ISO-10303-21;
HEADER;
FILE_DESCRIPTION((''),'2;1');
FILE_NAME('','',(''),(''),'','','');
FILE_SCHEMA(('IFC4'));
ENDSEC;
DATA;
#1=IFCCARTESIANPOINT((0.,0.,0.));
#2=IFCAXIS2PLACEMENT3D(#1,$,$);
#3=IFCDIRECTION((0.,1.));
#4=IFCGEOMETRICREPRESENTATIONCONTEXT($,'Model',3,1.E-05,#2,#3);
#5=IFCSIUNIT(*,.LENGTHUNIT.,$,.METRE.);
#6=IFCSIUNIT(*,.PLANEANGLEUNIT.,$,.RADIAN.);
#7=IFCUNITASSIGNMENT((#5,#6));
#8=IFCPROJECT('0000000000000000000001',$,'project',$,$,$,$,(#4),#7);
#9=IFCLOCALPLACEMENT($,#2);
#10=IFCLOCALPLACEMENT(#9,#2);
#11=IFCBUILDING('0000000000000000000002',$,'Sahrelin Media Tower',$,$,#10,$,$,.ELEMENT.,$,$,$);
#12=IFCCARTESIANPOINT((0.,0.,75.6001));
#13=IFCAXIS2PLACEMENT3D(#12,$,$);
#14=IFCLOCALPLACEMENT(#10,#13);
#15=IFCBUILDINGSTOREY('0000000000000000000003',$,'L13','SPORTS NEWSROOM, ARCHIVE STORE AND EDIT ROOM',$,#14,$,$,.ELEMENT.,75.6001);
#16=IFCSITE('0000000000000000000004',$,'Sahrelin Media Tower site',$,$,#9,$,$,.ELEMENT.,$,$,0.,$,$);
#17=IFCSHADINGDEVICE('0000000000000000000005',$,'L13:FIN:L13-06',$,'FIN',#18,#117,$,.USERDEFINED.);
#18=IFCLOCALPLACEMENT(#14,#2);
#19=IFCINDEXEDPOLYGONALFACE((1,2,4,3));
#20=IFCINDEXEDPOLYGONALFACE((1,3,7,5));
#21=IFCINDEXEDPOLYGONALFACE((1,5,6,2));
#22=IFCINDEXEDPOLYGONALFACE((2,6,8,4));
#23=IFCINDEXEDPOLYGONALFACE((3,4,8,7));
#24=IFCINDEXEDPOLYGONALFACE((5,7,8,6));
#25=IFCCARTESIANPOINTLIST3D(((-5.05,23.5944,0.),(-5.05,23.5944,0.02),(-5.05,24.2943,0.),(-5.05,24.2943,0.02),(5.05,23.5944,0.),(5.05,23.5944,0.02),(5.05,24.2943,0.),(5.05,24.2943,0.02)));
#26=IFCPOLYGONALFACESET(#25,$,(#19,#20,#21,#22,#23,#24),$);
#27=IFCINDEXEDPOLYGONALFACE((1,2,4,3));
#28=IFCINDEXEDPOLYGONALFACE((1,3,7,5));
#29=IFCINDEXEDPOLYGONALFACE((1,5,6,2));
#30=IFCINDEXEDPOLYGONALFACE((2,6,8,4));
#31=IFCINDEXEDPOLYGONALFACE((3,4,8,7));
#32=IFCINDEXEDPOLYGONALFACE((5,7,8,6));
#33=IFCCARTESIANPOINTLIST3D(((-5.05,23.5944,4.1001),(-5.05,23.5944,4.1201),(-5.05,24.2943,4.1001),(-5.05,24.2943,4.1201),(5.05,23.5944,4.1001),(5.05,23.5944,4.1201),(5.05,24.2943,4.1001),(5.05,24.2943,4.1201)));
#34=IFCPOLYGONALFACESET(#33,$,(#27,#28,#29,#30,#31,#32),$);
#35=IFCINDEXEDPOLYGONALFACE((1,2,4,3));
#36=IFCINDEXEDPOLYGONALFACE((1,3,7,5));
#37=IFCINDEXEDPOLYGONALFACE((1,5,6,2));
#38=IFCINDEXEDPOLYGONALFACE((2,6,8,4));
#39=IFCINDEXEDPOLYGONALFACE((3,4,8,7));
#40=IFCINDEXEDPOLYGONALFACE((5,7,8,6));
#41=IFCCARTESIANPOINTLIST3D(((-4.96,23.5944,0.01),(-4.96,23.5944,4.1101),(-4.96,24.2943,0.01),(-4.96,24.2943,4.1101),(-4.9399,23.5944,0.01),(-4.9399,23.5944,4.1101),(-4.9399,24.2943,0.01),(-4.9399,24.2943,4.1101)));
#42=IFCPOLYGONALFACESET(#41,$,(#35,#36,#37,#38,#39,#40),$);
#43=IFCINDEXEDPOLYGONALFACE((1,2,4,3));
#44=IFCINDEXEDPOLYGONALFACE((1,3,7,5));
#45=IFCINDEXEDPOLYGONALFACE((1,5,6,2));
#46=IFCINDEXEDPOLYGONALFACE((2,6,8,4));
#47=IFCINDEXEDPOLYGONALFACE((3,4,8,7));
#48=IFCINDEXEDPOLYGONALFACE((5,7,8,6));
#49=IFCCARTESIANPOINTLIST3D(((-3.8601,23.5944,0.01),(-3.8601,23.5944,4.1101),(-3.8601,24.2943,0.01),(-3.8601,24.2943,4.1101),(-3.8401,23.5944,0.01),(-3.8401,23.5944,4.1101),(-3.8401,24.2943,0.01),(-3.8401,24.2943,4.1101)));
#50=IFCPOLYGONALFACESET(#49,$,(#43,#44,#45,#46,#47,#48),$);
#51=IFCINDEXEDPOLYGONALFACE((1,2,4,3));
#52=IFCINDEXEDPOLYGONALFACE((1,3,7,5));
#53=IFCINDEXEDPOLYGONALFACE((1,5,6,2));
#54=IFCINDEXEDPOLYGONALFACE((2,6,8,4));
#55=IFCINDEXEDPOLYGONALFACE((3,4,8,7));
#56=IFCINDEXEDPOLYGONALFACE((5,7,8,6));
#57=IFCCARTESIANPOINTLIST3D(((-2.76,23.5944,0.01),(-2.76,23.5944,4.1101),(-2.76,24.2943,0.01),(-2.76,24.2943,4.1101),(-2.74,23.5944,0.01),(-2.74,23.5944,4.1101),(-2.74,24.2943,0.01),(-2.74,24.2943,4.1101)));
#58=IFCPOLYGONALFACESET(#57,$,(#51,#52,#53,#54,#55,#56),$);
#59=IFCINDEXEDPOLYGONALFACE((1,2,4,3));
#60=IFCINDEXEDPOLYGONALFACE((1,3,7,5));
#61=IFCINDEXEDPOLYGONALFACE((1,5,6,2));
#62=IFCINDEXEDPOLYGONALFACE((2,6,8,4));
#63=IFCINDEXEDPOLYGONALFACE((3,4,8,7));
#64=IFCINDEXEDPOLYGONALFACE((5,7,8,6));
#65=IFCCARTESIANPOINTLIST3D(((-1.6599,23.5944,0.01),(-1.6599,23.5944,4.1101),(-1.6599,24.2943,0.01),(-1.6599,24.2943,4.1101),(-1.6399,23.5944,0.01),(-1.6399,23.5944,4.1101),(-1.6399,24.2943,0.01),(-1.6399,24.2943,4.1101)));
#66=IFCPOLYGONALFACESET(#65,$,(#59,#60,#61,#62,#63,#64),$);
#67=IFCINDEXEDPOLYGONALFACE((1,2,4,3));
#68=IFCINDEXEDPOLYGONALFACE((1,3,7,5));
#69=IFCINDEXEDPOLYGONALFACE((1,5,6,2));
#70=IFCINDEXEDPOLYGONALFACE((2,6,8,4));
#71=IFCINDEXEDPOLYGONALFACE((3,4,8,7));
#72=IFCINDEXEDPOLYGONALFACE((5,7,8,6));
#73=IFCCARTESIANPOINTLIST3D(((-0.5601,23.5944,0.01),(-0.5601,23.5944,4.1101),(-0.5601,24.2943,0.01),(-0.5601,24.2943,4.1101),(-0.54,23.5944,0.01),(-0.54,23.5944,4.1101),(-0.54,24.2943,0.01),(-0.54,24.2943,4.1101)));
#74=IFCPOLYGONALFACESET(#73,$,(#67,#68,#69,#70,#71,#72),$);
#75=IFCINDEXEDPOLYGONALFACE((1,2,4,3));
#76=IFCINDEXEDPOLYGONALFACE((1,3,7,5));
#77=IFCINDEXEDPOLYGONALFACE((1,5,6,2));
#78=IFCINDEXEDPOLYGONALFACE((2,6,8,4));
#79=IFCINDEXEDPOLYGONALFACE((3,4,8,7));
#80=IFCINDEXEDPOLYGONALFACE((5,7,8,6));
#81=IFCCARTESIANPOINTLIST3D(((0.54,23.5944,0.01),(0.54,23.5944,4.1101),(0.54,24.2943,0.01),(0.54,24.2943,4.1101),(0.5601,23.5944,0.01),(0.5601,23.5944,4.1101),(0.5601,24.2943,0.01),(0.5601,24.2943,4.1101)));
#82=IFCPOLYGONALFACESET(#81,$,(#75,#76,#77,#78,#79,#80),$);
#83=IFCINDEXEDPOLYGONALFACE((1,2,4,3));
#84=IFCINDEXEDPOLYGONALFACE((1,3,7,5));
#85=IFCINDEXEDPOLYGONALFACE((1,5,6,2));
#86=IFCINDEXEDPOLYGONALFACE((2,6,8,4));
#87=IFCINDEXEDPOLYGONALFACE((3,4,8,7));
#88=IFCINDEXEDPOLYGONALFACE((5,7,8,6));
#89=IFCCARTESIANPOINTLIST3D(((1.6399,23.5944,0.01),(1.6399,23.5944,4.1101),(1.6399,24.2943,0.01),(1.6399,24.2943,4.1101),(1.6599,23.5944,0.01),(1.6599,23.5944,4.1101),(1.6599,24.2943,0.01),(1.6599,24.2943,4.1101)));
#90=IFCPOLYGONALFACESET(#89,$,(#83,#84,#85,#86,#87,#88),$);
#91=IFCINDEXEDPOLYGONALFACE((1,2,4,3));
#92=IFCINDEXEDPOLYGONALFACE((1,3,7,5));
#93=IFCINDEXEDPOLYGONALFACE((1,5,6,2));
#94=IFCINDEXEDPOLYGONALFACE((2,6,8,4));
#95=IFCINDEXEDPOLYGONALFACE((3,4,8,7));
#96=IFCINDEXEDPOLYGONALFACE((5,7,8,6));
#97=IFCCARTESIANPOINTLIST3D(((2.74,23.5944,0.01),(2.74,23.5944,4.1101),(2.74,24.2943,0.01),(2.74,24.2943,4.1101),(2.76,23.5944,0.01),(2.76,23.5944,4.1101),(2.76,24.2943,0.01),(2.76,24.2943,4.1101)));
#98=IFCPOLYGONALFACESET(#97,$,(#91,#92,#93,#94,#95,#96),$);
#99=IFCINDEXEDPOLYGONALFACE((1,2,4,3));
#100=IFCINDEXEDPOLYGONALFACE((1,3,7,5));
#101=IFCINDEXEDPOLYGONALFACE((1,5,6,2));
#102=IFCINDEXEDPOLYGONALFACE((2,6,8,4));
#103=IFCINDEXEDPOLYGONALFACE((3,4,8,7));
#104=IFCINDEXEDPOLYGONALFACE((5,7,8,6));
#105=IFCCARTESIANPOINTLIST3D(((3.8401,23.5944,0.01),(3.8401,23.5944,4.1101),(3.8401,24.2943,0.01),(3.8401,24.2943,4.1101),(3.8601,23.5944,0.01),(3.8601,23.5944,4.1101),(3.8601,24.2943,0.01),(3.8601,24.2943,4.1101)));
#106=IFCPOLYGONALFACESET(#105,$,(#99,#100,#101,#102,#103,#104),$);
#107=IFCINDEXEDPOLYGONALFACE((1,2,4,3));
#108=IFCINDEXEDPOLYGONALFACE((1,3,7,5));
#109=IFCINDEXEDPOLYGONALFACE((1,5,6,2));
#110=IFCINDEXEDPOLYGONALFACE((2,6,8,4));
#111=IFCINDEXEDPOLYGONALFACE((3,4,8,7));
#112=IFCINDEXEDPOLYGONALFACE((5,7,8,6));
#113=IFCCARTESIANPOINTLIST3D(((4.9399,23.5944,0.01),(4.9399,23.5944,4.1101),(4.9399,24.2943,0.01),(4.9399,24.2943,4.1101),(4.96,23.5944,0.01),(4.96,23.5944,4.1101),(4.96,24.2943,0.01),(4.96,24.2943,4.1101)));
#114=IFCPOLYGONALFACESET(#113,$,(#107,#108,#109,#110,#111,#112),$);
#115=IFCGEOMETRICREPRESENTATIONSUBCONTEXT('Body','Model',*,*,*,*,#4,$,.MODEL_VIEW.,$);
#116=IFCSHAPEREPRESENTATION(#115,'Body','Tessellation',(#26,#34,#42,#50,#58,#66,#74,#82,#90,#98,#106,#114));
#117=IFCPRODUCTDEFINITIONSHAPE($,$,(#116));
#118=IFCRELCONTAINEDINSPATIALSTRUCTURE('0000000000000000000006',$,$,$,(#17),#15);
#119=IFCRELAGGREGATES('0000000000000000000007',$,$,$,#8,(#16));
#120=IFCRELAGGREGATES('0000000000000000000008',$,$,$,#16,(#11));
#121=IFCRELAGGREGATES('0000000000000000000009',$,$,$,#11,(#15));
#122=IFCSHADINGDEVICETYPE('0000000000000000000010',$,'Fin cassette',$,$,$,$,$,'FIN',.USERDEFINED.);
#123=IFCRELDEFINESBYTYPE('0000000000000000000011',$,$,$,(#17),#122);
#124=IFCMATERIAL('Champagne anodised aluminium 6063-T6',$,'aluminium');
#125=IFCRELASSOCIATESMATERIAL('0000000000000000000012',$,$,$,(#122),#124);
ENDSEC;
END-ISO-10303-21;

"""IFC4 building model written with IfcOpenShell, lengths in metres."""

from ifc_helpers import new_model, si_unit, direction, frame, origin, origin_2d, place, context, subcontext, project, spatial, rectangle, extrude, material, type_object, element, save


model = new_model("IFC4")

# Units and contexts
model_context = context("Model", 3, precision=1e-05, world=origin(), true_north=direction((0.0, 1.0)))
body_context = subcontext(model_context, "Body", "Model", "MODEL_VIEW")
ifc_project = project(units=[si_unit("LENGTHUNIT", "METRE"), si_unit("PLANEANGLEUNIT", "RADIAN")], contexts=[model_context])

# Site, building, storey
site_placement = place(None, origin())
site = spatial("IfcSite", under=ifc_project, at=site_placement, Name="Sahrelin Media Tower site", CompositionType="ELEMENT", RefElevation=0.0)
building_placement = place(site_placement, origin())
building = spatial("IfcBuilding", under=site, at=building_placement, Name="Sahrelin Media Tower", CompositionType="ELEMENT")
storey_placement = place(building_placement, frame((0.0, 0.0, 75.6001)))
storey = spatial("IfcBuildingStorey", under=building, at=storey_placement, Name="L13", Description="SPORTS NEWSROOM, ARCHIVE STORE AND EDIT ROOM", CompositionType="ELEMENT", Elevation=75.6001)

# Shared definitions
ifc_material_1 = material(Name="Champagne anodised aluminium 6063-T6", Category="aluminium")
placement = place(storey_placement, frame((0.0, 23.5244, 0.0), z_axis=(0.0, 0.0, 1.0), x_axis=(1.0, 0.0, 0.0)))

# Shading device
shading_device_type_1 = type_object("IfcShadingDeviceType", Name="Fin cassette", ElementType="FIN", PredefinedType="USERDEFINED", material=ifc_material_1)
element("IfcShadingDevice", 1, at=placement, inside=storey, type_object=shading_device_type_1, Name="L13:FIN:L13-06", ObjectType="FIN", PredefinedType="USERDEFINED", context=body_context, shape_type="SweptSolid", body=[
    extrude(rectangle(XDim=10.1001, YDim=0.7, at=origin_2d()), frame((0.0, 0.4199, 0.0)), (0.0, 0.0, 1.0), 0.02),
    extrude(rectangle(XDim=10.1001, YDim=0.7, at=origin_2d()), frame((0.0, 0.4199, 4.1001)), (0.0, 0.0, 1.0), 0.02),
    extrude(rectangle(XDim=0.02, YDim=0.7, at=origin_2d()), frame((-4.95, 0.4199, 0.01), z_axis=(0.0, 0.0, 1.0), x_axis=(1.0, 0.0, 0.0)), (0.0, 0.0, 1.0), 4.1001),
    extrude(rectangle(XDim=0.02, YDim=0.7, at=origin_2d()), frame((-3.8501, 0.4199, 0.01), z_axis=(0.0, 0.0, 1.0), x_axis=(1.0, 0.0, 0.0)), (0.0, 0.0, 1.0), 4.1001),
    extrude(rectangle(XDim=0.02, YDim=0.7, at=origin_2d()), frame((-2.75, 0.4199, 0.01), z_axis=(0.0, 0.0, 1.0), x_axis=(1.0, 0.0, 0.0)), (0.0, 0.0, 1.0), 4.1001),
    extrude(rectangle(XDim=0.02, YDim=0.7, at=origin_2d()), frame((-1.6499, 0.4199, 0.01), z_axis=(0.0, 0.0, 1.0), x_axis=(1.0, 0.0, 0.0)), (0.0, 0.0, 1.0), 4.1001),
    extrude(rectangle(XDim=0.02, YDim=0.7, at=origin_2d()), frame((-0.55, 0.4199, 0.01), z_axis=(0.0, 0.0, 1.0), x_axis=(1.0, 0.0, 0.0)), (0.0, 0.0, 1.0), 4.1001),
    extrude(rectangle(XDim=0.02, YDim=0.7, at=origin_2d()), frame((0.55, 0.4199, 0.01), z_axis=(0.0, 0.0, 1.0), x_axis=(1.0, 0.0, 0.0)), (0.0, 0.0, 1.0), 4.1001),
    extrude(rectangle(XDim=0.02, YDim=0.7, at=origin_2d()), frame((1.6499, 0.4199, 0.01), z_axis=(0.0, 0.0, 1.0), x_axis=(1.0, 0.0, 0.0)), (0.0, 0.0, 1.0), 4.1001),
    extrude(rectangle(XDim=0.02, YDim=0.7, at=origin_2d()), frame((2.75, 0.4199, 0.01), z_axis=(0.0, 0.0, 1.0), x_axis=(1.0, 0.0, 0.0)), (0.0, 0.0, 1.0), 4.1001),
    extrude(rectangle(XDim=0.02, YDim=0.7, at=origin_2d()), frame((3.8501, 0.4199, 0.01), z_axis=(0.0, 0.0, 1.0), x_axis=(1.0, 0.0, 0.0)), (0.0, 0.0, 1.0), 4.1001),
    extrude(rectangle(XDim=0.02, YDim=0.7, at=origin_2d()), frame((4.95, 0.4199, 0.01), z_axis=(0.0, 0.0, 1.0), x_axis=(1.0, 0.0, 0.0)), (0.0, 0.0, 1.0), 4.1001),
])

save(model, "model.ifc")
